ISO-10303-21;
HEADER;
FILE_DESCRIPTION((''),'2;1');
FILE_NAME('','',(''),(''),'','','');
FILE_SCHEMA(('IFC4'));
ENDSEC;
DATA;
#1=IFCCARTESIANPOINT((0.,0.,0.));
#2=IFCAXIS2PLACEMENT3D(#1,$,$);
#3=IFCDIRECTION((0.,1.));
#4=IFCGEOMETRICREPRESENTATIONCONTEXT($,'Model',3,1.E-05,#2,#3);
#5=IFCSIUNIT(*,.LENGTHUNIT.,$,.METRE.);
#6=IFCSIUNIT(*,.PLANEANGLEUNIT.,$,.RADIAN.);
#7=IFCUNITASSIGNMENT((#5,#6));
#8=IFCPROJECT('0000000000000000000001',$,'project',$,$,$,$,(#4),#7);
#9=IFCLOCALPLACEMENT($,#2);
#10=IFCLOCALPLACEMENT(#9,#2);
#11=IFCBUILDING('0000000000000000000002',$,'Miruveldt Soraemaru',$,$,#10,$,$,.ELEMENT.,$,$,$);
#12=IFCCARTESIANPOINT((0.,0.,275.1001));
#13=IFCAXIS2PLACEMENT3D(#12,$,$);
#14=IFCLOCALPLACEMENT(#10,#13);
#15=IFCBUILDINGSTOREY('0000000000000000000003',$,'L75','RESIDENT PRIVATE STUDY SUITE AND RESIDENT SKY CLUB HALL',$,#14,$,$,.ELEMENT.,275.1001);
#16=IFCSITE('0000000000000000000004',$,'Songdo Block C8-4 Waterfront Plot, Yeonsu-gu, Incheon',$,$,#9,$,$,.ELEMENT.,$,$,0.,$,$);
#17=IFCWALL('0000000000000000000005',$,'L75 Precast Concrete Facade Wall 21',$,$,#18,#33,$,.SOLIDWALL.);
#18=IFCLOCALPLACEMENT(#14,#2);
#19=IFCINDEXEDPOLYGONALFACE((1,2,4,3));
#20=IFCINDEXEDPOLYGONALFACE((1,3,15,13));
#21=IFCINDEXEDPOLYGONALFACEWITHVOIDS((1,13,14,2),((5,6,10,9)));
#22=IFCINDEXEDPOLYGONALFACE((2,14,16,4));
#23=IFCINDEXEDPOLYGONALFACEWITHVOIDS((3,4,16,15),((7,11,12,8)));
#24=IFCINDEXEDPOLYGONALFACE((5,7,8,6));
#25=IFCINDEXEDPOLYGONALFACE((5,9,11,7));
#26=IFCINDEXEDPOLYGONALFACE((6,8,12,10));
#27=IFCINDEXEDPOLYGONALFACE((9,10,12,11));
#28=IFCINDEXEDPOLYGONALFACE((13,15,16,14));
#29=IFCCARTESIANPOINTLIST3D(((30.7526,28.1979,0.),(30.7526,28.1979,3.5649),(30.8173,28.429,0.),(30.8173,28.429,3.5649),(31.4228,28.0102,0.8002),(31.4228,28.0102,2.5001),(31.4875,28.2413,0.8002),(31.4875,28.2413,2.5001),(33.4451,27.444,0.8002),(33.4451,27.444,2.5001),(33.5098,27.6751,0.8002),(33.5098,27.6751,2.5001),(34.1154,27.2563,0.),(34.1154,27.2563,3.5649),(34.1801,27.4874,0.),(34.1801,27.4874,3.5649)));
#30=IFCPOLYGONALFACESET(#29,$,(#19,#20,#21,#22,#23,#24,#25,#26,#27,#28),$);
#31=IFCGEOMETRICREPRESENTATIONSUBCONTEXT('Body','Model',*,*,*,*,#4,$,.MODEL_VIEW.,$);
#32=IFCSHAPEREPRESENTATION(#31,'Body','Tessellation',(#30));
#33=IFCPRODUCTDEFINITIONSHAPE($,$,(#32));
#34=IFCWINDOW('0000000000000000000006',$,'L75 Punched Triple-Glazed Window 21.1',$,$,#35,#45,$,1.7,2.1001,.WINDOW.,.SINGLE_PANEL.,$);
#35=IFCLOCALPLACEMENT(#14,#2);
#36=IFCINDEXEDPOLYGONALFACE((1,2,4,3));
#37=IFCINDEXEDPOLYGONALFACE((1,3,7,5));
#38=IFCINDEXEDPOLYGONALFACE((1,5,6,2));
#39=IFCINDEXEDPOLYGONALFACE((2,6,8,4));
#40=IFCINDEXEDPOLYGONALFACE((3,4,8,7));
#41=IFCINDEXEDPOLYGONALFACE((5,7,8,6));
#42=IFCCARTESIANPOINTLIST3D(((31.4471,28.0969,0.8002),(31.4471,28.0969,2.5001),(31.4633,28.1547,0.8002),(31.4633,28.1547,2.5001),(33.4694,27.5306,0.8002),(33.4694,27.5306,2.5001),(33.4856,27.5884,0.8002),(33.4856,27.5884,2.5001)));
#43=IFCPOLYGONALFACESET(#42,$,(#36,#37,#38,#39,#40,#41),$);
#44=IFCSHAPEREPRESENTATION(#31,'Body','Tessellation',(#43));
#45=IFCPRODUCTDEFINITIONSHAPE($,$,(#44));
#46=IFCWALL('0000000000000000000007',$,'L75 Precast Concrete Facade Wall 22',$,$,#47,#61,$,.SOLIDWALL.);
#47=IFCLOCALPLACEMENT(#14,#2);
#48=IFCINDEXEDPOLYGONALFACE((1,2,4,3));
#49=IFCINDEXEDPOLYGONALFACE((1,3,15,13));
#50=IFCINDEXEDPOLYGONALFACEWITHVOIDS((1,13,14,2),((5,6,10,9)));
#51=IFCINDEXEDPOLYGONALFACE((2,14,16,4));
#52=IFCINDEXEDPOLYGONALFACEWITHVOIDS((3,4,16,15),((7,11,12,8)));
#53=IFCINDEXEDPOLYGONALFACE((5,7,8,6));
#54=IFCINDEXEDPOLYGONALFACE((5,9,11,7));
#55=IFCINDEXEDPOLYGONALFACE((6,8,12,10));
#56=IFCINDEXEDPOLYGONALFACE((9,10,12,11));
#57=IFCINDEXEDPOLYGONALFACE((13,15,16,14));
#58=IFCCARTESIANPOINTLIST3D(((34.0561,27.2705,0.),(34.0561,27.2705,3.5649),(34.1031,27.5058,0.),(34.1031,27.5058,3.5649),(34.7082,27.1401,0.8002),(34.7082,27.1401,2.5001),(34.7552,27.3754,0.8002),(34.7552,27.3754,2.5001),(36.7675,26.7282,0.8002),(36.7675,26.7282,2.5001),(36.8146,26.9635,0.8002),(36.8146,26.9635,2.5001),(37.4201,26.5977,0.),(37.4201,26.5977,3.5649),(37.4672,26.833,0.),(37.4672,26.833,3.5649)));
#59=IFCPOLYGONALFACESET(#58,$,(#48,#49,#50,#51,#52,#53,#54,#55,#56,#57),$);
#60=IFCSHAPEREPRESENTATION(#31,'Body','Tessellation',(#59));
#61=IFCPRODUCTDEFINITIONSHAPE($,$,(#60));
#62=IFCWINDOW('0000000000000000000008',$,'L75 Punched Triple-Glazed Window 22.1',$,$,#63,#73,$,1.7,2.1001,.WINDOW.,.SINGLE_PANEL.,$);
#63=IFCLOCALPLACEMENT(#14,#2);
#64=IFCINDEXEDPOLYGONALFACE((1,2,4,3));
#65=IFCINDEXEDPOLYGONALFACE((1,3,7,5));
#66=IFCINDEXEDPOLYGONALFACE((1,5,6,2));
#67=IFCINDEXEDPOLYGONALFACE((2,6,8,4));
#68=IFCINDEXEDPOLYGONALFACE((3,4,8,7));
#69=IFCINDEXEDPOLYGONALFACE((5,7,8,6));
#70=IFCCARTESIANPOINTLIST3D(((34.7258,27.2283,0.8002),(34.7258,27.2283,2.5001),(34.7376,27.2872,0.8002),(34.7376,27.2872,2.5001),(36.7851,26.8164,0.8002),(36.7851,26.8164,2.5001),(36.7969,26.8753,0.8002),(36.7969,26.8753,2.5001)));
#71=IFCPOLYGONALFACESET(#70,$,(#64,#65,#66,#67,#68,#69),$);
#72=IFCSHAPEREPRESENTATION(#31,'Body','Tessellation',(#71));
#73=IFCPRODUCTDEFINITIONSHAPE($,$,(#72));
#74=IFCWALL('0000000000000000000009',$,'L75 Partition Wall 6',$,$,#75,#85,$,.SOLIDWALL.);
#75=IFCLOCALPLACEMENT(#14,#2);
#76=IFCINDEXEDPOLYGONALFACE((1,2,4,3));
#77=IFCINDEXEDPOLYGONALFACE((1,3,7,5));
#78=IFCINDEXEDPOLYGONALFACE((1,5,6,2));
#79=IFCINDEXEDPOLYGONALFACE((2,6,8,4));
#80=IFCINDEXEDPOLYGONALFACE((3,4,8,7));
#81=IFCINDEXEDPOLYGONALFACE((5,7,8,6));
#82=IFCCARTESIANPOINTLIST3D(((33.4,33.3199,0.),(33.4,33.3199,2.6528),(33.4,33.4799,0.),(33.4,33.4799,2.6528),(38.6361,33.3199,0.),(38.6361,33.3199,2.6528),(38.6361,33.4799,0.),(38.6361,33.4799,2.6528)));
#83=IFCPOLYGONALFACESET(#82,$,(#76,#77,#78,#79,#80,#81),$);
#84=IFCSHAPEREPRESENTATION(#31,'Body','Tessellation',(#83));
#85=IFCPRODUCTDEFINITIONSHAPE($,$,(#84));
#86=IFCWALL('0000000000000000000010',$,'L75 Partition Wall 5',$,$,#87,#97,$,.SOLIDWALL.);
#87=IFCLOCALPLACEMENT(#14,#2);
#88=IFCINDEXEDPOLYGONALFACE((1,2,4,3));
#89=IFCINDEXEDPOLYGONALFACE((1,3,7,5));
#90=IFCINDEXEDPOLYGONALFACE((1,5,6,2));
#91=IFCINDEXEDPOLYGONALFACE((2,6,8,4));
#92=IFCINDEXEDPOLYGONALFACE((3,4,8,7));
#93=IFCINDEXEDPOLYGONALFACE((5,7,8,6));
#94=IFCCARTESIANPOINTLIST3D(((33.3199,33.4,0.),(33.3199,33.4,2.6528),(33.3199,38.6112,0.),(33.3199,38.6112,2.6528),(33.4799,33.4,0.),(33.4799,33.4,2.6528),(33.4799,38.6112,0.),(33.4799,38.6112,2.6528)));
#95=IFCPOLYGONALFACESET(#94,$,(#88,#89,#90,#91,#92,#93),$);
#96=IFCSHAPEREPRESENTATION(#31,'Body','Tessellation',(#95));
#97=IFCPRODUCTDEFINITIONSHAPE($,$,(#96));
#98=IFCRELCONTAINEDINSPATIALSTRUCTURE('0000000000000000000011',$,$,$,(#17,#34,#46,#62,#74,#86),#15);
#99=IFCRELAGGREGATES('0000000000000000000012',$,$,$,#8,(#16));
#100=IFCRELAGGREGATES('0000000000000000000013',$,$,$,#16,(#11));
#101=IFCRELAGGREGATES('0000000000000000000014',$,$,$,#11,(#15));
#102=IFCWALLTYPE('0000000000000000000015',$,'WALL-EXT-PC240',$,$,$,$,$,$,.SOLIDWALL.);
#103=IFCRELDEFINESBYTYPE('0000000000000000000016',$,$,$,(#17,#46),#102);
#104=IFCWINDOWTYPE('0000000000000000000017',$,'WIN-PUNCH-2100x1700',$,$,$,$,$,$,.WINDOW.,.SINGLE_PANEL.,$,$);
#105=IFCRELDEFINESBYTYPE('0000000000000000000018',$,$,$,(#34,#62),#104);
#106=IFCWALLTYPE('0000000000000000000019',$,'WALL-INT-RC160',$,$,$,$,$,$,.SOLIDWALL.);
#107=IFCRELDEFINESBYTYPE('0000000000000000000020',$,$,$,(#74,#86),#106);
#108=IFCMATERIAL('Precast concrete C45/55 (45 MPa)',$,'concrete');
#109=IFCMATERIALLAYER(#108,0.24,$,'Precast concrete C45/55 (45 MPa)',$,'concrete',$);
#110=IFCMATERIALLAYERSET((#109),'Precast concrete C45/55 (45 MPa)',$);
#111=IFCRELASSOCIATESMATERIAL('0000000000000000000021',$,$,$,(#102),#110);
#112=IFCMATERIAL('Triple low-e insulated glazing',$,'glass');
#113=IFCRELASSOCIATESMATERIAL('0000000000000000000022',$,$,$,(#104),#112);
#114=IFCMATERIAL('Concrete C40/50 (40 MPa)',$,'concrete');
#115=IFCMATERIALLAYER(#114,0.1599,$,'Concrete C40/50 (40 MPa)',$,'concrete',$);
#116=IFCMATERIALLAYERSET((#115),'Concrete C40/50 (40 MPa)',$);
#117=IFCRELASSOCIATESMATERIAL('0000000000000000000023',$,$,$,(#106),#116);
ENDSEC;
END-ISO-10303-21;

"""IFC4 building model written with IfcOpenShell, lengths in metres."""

from ifc_helpers import new_model, si_unit, direction, frame, frame_2d, origin, place, context, subcontext, project, spatial, rectangle, extrude, material, layer, layer_set, type_object, element, fill, save


model = new_model("IFC4")

# Units and contexts
model_context = context("Model", 3, precision=1e-05, world=origin(), true_north=direction((0.0, 1.0)))
body_context = subcontext(model_context, "Body", "Model", "MODEL_VIEW")
ifc_project = project(units=[si_unit("LENGTHUNIT", "METRE"), si_unit("PLANEANGLEUNIT", "RADIAN")], contexts=[model_context])

# Site, building, storey
site_placement = place(None, origin())
site = spatial("IfcSite", under=ifc_project, at=site_placement, Name="Songdo Block C8-4 Waterfront Plot, Yeonsu-gu, Incheon", CompositionType="ELEMENT", RefElevation=0.0)
building_placement = place(site_placement, origin())
building = spatial("IfcBuilding", under=site, at=building_placement, Name="Miruveldt Soraemaru", CompositionType="ELEMENT")
storey_placement = place(building_placement, frame((0.0, 0.0, 275.1001)))
storey = spatial("IfcBuildingStorey", under=building, at=storey_placement, Name="L75", Description="RESIDENT PRIVATE STUDY SUITE AND RESIDENT SKY CLUB HALL", CompositionType="ELEMENT", Elevation=275.1001)

# Shared definitions
ifc_material_1 = material(Name="Concrete C40/50 (40 MPa)", Category="concrete")

# Walls, openings, windows
ifc_material_2 = material(Name="Precast concrete C45/55 (45 MPa)", Category="concrete")
ifc_layer_1 = layer(ifc_material_2, 0.24, Name="Precast concrete C45/55 (45 MPa)", Category="concrete")
ifc_layer_set_1 = layer_set([ifc_layer_1], Name="Precast concrete C45/55 (45 MPa)")
wall_type_1 = type_object("IfcWallType", Name="WALL-EXT-PC240", PredefinedType="SOLIDWALL", material=ifc_layer_set_1)
ifc_material_3 = material(Name="Triple low-e insulated glazing", Category="glass")
window_type_1 = type_object("IfcWindowType", Name="WIN-PUNCH-2100x1700", PartitioningType="SINGLE_PANEL", PredefinedType="WINDOW", material=ifc_material_3)
wall_1_placement = place(storey_placement, frame((30.7849, 28.3135, 0.0), z_axis=(0.0, 0.0, 1.0), x_axis=(0.962959, -0.269648, 0.0)))
wall_1 = element("IfcWall", 1, at=wall_1_placement, inside=storey, type_object=wall_type_1, Name="L75 Precast Concrete Facade Wall 21", PredefinedType="SOLIDWALL", context=body_context, shape_type="SweptSolid", body=[
    extrude(rectangle(XDim=3.4922, YDim=0.24, at=frame_2d((1.7461, 0.0))), origin(), (0.0, 0.0, 1.0), 3.5649),
])
opening_1_placement = place(wall_1_placement, frame((0.696, 0.0, 0.8)))
opening_1 = element("IfcOpeningElement", 2, at=opening_1_placement, cuts=wall_1, PredefinedType="OPENING", context=body_context, shape_type="SweptSolid", body=[
    extrude(rectangle(XDim=2.1001, YDim=1.7, at=frame_2d((1.05, 0.8501))), frame((0.0, 0.1299, 0.0), z_axis=(0.0, -1.0, 0.0), x_axis=(1.0, 0.0, 0.0)), (0.0, 0.0, 1.0), 0.26),
])
window_1_placement = place(opening_1_placement, origin())
window_1 = element("IfcWindow", 3, at=window_1_placement, inside=storey, type_object=window_type_1, Name="L75 Punched Triple-Glazed Window 21.1", OverallHeight=1.7, OverallWidth=2.1001, PartitioningType="SINGLE_PANEL", PredefinedType="WINDOW", context=body_context, shape_type="SweptSolid", body=[
    extrude(rectangle(XDim=2.1001, YDim=1.7, at=frame_2d((1.05, 0.8501))), frame((0.0, 0.03, 0.0), z_axis=(0.0, -1.0, 0.0), x_axis=(1.0, 0.0, 0.0)), (0.0, 0.0, 1.0), 0.0601),
])
fill(opening_1, window_1)
wall_2_placement = place(storey_placement, frame((34.0796, 27.3882, 0.0), z_axis=(0.0, 0.0, 1.0), x_axis=(0.980578, -0.19613, 0.0)))
wall_2 = element("IfcWall", 4, at=wall_2_placement, inside=storey, type_object=wall_type_1, Name="L75 Precast Concrete Facade Wall 22", PredefinedType="SOLIDWALL", context=body_context, shape_type="SweptSolid", body=[
    extrude(rectangle(XDim=3.4307, YDim=0.24, at=frame_2d((1.7153, 0.0))), origin(), (0.0, 0.0, 1.0), 3.5649),
])
opening_2_placement = place(wall_2_placement, frame((0.665, 0.0, 0.8)))
opening_2 = element("IfcOpeningElement", 5, at=opening_2_placement, cuts=wall_2, PredefinedType="OPENING", context=body_context, shape_type="SweptSolid", body=[
    extrude(rectangle(XDim=2.1001, YDim=1.7, at=frame_2d((1.05, 0.8501))), frame((0.0, 0.1299, 0.0), z_axis=(0.0, -1.0, 0.0), x_axis=(1.0, 0.0, 0.0)), (0.0, 0.0, 1.0), 0.26),
])
window_2_placement = place(opening_2_placement, origin())
window_2 = element("IfcWindow", 6, at=window_2_placement, inside=storey, type_object=window_type_1, Name="L75 Punched Triple-Glazed Window 22.1", OverallHeight=1.7, OverallWidth=2.1001, PartitioningType="SINGLE_PANEL", PredefinedType="WINDOW", context=body_context, shape_type="SweptSolid", body=[
    extrude(rectangle(XDim=2.1001, YDim=1.7, at=frame_2d((1.05, 0.8501))), frame((0.0, 0.03, 0.0), z_axis=(0.0, -1.0, 0.0), x_axis=(1.0, 0.0, 0.0)), (0.0, 0.0, 1.0), 0.0601),
])
fill(opening_2, window_2)

# Walls
ifc_layer_2 = layer(ifc_material_1, 0.1599, Name="Concrete C40/50 (40 MPa)", Category="concrete")
ifc_layer_set_2 = layer_set([ifc_layer_2], Name="Concrete C40/50 (40 MPa)")
wall_type_2 = type_object("IfcWallType", Name="WALL-INT-RC160", PredefinedType="SOLIDWALL", material=ifc_layer_set_2)
wall_3_placement = place(storey_placement, frame((33.3999, 33.3999, 0.0), z_axis=(0.0, 0.0, 1.0), x_axis=(1.0, 0.0, 0.0)))
element("IfcWall", 7, at=wall_3_placement, inside=storey, type_object=wall_type_2, Name="L75 Partition Wall 6", PredefinedType="SOLIDWALL", context=body_context, shape_type="SweptSolid", body=[
    extrude(rectangle(XDim=5.2361, YDim=0.1599, at=frame_2d((2.6182, 0.0))), origin(), (0.0, 0.0, 1.0), 2.6528),
])
wall_4_placement = place(storey_placement, frame((33.3999, 38.6111, 0.0), z_axis=(0.0, 0.0, 1.0), x_axis=(0.0, -1.0, 0.0)))
element("IfcWall", 8, at=wall_4_placement, inside=storey, type_object=wall_type_2, Name="L75 Partition Wall 5", PredefinedType="SOLIDWALL", context=body_context, shape_type="SweptSolid", body=[
    extrude(rectangle(XDim=5.2112, YDim=0.1599, at=frame_2d((2.6055, 0.0))), origin(), (0.0, 0.0, 1.0), 2.6528),
])

save(model, "model.ifc")
